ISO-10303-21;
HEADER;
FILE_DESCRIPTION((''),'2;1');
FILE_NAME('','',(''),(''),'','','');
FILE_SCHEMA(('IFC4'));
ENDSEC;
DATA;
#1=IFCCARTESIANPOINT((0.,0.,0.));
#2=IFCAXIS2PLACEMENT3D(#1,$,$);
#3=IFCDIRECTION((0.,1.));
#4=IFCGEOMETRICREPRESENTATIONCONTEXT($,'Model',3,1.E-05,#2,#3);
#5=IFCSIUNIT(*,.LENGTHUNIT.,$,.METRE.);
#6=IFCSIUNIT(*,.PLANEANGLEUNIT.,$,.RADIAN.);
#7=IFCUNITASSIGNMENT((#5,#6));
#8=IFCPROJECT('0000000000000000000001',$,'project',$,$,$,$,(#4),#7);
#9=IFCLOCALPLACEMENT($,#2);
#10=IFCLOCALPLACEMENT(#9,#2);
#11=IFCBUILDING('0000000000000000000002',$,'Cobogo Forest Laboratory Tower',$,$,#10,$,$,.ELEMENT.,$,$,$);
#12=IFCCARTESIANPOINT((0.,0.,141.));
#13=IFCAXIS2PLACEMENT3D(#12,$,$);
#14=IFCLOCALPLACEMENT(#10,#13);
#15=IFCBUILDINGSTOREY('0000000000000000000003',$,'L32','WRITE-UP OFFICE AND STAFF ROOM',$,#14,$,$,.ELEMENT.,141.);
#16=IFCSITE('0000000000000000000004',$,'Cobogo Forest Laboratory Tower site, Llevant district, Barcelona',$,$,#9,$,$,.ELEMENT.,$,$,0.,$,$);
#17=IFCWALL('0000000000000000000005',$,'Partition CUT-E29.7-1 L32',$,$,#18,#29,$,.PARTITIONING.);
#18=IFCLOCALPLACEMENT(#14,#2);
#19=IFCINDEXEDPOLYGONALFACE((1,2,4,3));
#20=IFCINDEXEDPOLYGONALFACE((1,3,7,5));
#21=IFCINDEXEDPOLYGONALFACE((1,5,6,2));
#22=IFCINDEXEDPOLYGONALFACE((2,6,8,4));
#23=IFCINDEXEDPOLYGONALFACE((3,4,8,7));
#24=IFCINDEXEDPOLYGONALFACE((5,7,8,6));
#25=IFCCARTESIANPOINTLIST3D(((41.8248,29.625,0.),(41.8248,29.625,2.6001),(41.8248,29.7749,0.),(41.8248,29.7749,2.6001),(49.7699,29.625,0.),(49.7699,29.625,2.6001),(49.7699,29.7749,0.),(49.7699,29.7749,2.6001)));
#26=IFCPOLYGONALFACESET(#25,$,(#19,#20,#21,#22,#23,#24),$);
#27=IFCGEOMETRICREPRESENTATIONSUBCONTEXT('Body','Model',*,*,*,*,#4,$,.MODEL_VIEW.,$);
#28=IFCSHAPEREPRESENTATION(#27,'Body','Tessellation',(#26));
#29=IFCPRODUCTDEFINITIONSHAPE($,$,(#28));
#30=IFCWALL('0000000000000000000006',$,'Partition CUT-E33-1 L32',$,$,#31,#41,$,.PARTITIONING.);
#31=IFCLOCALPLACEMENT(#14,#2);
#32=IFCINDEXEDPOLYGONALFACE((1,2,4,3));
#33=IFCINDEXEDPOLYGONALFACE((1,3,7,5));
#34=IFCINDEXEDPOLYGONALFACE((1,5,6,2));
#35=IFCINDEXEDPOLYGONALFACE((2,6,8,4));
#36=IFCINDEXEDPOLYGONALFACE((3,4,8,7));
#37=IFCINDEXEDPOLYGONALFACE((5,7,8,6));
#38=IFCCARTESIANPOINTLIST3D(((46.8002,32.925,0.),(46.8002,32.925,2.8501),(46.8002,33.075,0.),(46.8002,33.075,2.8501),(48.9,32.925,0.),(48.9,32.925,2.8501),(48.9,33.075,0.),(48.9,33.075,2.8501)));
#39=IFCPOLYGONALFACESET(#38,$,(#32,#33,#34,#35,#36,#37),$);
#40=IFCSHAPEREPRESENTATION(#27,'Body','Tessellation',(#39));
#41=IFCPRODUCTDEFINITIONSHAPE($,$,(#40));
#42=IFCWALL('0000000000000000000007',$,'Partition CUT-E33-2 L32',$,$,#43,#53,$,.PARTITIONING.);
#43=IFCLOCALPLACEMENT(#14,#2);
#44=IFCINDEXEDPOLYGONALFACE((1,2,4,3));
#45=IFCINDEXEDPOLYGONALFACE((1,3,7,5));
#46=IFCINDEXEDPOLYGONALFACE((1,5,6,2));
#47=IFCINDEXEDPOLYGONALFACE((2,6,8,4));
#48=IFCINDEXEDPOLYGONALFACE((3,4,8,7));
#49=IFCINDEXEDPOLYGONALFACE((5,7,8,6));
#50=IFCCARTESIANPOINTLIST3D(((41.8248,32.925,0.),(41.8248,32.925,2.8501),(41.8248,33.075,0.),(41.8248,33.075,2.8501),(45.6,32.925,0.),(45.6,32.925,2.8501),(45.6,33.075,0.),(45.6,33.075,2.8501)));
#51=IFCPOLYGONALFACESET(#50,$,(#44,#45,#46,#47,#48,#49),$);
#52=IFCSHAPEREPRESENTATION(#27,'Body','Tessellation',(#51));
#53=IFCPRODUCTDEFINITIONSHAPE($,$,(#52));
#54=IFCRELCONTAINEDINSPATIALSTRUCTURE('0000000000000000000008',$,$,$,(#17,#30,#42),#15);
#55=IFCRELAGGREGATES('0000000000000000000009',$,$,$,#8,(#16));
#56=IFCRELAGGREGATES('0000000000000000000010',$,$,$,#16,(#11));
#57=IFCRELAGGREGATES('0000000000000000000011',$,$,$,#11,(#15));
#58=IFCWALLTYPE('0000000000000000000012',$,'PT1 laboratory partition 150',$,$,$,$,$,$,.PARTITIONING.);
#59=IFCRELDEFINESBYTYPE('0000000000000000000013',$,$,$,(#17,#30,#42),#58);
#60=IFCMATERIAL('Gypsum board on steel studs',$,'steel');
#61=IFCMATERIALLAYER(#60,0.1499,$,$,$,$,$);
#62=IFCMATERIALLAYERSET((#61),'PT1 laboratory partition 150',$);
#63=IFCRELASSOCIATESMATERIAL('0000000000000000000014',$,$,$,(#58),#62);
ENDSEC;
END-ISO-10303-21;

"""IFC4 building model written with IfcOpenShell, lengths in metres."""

from ifc_helpers import new_model, si_unit, direction, frame, frame_2d, origin, place, context, subcontext, project, spatial, rectangle, extrude, material, layer, layer_set, type_object, element, save


model = new_model("IFC4")

# Units and contexts
model_context = context("Model", 3, precision=1e-05, world=origin(), true_north=direction((0.0, 1.0)))
body_context = subcontext(model_context, "Body", "Model", "MODEL_VIEW")
ifc_project = project(units=[si_unit("LENGTHUNIT", "METRE"), si_unit("PLANEANGLEUNIT", "RADIAN")], contexts=[model_context])

# Site, building, storey
site_placement = place(None, origin())
site = spatial("IfcSite", under=ifc_project, at=site_placement, Name="Cobogo Forest Laboratory Tower site, Llevant district, Barcelona", CompositionType="ELEMENT", RefElevation=0.0)
building_placement = place(site_placement, origin())
building = spatial("IfcBuilding", under=site, at=building_placement, Name="Cobogo Forest Laboratory Tower", CompositionType="ELEMENT")
storey_placement = place(building_placement, frame((0.0, 0.0, 141.0)))
storey = spatial("IfcBuildingStorey", under=building, at=storey_placement, Name="L32", Description="WRITE-UP OFFICE AND STAFF ROOM", CompositionType="ELEMENT", Elevation=141.0)

# Shared definitions
ifc_material_1 = material(Name="Gypsum board on steel studs", Category="steel")
ifc_layer_1 = layer(ifc_material_1, 0.1499)
ifc_layer_set_1 = layer_set([ifc_layer_1], Name="PT1 laboratory partition 150")
wall_type = type_object("IfcWallType", Name="PT1 laboratory partition 150", PredefinedType="PARTITIONING", material=ifc_layer_set_1)

# Walls
wall_1_placement = place(storey_placement, frame((49.77, 29.7, 0.0), z_axis=(0.0, 0.0, 1.0), x_axis=(-1.0, 0.0, 0.0)))
element("IfcWall", 1, at=wall_1_placement, inside=storey, type_object=wall_type, Name="Partition CUT-E29.7-1 L32", PredefinedType="PARTITIONING", context=body_context, shape_type="SweptSolid", body=[
    extrude(rectangle(XDim=7.9451, YDim=0.1499, at=frame_2d((3.9727, 0.0))), origin(), (0.0, 0.0, 1.0), 2.6001),
])
wall_2_placement = place(storey_placement, frame((48.8999, 33.0, 0.0), z_axis=(0.0, 0.0, 1.0), x_axis=(-1.0, 0.0, 0.0)))
element("IfcWall", 2, at=wall_2_placement, inside=storey, type_object=wall_type, Name="Partition CUT-E33-1 L32", PredefinedType="PARTITIONING", context=body_context, shape_type="SweptSolid", body=[
    extrude(rectangle(XDim=2.0999, YDim=0.1499, at=frame_2d((1.0498, 0.0))), origin(), (0.0, 0.0, 1.0), 2.8501),
])
wall_3_placement = place(storey_placement, frame((45.6001, 33.0, 0.0), z_axis=(0.0, 0.0, 1.0), x_axis=(-1.0, 0.0, 0.0)))
element("IfcWall", 3, at=wall_3_placement, inside=storey, type_object=wall_type, Name="Partition CUT-E33-2 L32", PredefinedType="PARTITIONING", context=body_context, shape_type="SweptSolid", body=[
    extrude(rectangle(XDim=3.7751, YDim=0.1499, at=frame_2d((1.8877, 0.0))), origin(), (0.0, 0.0, 1.0), 2.8501),
])

save(model, "model.ifc")
